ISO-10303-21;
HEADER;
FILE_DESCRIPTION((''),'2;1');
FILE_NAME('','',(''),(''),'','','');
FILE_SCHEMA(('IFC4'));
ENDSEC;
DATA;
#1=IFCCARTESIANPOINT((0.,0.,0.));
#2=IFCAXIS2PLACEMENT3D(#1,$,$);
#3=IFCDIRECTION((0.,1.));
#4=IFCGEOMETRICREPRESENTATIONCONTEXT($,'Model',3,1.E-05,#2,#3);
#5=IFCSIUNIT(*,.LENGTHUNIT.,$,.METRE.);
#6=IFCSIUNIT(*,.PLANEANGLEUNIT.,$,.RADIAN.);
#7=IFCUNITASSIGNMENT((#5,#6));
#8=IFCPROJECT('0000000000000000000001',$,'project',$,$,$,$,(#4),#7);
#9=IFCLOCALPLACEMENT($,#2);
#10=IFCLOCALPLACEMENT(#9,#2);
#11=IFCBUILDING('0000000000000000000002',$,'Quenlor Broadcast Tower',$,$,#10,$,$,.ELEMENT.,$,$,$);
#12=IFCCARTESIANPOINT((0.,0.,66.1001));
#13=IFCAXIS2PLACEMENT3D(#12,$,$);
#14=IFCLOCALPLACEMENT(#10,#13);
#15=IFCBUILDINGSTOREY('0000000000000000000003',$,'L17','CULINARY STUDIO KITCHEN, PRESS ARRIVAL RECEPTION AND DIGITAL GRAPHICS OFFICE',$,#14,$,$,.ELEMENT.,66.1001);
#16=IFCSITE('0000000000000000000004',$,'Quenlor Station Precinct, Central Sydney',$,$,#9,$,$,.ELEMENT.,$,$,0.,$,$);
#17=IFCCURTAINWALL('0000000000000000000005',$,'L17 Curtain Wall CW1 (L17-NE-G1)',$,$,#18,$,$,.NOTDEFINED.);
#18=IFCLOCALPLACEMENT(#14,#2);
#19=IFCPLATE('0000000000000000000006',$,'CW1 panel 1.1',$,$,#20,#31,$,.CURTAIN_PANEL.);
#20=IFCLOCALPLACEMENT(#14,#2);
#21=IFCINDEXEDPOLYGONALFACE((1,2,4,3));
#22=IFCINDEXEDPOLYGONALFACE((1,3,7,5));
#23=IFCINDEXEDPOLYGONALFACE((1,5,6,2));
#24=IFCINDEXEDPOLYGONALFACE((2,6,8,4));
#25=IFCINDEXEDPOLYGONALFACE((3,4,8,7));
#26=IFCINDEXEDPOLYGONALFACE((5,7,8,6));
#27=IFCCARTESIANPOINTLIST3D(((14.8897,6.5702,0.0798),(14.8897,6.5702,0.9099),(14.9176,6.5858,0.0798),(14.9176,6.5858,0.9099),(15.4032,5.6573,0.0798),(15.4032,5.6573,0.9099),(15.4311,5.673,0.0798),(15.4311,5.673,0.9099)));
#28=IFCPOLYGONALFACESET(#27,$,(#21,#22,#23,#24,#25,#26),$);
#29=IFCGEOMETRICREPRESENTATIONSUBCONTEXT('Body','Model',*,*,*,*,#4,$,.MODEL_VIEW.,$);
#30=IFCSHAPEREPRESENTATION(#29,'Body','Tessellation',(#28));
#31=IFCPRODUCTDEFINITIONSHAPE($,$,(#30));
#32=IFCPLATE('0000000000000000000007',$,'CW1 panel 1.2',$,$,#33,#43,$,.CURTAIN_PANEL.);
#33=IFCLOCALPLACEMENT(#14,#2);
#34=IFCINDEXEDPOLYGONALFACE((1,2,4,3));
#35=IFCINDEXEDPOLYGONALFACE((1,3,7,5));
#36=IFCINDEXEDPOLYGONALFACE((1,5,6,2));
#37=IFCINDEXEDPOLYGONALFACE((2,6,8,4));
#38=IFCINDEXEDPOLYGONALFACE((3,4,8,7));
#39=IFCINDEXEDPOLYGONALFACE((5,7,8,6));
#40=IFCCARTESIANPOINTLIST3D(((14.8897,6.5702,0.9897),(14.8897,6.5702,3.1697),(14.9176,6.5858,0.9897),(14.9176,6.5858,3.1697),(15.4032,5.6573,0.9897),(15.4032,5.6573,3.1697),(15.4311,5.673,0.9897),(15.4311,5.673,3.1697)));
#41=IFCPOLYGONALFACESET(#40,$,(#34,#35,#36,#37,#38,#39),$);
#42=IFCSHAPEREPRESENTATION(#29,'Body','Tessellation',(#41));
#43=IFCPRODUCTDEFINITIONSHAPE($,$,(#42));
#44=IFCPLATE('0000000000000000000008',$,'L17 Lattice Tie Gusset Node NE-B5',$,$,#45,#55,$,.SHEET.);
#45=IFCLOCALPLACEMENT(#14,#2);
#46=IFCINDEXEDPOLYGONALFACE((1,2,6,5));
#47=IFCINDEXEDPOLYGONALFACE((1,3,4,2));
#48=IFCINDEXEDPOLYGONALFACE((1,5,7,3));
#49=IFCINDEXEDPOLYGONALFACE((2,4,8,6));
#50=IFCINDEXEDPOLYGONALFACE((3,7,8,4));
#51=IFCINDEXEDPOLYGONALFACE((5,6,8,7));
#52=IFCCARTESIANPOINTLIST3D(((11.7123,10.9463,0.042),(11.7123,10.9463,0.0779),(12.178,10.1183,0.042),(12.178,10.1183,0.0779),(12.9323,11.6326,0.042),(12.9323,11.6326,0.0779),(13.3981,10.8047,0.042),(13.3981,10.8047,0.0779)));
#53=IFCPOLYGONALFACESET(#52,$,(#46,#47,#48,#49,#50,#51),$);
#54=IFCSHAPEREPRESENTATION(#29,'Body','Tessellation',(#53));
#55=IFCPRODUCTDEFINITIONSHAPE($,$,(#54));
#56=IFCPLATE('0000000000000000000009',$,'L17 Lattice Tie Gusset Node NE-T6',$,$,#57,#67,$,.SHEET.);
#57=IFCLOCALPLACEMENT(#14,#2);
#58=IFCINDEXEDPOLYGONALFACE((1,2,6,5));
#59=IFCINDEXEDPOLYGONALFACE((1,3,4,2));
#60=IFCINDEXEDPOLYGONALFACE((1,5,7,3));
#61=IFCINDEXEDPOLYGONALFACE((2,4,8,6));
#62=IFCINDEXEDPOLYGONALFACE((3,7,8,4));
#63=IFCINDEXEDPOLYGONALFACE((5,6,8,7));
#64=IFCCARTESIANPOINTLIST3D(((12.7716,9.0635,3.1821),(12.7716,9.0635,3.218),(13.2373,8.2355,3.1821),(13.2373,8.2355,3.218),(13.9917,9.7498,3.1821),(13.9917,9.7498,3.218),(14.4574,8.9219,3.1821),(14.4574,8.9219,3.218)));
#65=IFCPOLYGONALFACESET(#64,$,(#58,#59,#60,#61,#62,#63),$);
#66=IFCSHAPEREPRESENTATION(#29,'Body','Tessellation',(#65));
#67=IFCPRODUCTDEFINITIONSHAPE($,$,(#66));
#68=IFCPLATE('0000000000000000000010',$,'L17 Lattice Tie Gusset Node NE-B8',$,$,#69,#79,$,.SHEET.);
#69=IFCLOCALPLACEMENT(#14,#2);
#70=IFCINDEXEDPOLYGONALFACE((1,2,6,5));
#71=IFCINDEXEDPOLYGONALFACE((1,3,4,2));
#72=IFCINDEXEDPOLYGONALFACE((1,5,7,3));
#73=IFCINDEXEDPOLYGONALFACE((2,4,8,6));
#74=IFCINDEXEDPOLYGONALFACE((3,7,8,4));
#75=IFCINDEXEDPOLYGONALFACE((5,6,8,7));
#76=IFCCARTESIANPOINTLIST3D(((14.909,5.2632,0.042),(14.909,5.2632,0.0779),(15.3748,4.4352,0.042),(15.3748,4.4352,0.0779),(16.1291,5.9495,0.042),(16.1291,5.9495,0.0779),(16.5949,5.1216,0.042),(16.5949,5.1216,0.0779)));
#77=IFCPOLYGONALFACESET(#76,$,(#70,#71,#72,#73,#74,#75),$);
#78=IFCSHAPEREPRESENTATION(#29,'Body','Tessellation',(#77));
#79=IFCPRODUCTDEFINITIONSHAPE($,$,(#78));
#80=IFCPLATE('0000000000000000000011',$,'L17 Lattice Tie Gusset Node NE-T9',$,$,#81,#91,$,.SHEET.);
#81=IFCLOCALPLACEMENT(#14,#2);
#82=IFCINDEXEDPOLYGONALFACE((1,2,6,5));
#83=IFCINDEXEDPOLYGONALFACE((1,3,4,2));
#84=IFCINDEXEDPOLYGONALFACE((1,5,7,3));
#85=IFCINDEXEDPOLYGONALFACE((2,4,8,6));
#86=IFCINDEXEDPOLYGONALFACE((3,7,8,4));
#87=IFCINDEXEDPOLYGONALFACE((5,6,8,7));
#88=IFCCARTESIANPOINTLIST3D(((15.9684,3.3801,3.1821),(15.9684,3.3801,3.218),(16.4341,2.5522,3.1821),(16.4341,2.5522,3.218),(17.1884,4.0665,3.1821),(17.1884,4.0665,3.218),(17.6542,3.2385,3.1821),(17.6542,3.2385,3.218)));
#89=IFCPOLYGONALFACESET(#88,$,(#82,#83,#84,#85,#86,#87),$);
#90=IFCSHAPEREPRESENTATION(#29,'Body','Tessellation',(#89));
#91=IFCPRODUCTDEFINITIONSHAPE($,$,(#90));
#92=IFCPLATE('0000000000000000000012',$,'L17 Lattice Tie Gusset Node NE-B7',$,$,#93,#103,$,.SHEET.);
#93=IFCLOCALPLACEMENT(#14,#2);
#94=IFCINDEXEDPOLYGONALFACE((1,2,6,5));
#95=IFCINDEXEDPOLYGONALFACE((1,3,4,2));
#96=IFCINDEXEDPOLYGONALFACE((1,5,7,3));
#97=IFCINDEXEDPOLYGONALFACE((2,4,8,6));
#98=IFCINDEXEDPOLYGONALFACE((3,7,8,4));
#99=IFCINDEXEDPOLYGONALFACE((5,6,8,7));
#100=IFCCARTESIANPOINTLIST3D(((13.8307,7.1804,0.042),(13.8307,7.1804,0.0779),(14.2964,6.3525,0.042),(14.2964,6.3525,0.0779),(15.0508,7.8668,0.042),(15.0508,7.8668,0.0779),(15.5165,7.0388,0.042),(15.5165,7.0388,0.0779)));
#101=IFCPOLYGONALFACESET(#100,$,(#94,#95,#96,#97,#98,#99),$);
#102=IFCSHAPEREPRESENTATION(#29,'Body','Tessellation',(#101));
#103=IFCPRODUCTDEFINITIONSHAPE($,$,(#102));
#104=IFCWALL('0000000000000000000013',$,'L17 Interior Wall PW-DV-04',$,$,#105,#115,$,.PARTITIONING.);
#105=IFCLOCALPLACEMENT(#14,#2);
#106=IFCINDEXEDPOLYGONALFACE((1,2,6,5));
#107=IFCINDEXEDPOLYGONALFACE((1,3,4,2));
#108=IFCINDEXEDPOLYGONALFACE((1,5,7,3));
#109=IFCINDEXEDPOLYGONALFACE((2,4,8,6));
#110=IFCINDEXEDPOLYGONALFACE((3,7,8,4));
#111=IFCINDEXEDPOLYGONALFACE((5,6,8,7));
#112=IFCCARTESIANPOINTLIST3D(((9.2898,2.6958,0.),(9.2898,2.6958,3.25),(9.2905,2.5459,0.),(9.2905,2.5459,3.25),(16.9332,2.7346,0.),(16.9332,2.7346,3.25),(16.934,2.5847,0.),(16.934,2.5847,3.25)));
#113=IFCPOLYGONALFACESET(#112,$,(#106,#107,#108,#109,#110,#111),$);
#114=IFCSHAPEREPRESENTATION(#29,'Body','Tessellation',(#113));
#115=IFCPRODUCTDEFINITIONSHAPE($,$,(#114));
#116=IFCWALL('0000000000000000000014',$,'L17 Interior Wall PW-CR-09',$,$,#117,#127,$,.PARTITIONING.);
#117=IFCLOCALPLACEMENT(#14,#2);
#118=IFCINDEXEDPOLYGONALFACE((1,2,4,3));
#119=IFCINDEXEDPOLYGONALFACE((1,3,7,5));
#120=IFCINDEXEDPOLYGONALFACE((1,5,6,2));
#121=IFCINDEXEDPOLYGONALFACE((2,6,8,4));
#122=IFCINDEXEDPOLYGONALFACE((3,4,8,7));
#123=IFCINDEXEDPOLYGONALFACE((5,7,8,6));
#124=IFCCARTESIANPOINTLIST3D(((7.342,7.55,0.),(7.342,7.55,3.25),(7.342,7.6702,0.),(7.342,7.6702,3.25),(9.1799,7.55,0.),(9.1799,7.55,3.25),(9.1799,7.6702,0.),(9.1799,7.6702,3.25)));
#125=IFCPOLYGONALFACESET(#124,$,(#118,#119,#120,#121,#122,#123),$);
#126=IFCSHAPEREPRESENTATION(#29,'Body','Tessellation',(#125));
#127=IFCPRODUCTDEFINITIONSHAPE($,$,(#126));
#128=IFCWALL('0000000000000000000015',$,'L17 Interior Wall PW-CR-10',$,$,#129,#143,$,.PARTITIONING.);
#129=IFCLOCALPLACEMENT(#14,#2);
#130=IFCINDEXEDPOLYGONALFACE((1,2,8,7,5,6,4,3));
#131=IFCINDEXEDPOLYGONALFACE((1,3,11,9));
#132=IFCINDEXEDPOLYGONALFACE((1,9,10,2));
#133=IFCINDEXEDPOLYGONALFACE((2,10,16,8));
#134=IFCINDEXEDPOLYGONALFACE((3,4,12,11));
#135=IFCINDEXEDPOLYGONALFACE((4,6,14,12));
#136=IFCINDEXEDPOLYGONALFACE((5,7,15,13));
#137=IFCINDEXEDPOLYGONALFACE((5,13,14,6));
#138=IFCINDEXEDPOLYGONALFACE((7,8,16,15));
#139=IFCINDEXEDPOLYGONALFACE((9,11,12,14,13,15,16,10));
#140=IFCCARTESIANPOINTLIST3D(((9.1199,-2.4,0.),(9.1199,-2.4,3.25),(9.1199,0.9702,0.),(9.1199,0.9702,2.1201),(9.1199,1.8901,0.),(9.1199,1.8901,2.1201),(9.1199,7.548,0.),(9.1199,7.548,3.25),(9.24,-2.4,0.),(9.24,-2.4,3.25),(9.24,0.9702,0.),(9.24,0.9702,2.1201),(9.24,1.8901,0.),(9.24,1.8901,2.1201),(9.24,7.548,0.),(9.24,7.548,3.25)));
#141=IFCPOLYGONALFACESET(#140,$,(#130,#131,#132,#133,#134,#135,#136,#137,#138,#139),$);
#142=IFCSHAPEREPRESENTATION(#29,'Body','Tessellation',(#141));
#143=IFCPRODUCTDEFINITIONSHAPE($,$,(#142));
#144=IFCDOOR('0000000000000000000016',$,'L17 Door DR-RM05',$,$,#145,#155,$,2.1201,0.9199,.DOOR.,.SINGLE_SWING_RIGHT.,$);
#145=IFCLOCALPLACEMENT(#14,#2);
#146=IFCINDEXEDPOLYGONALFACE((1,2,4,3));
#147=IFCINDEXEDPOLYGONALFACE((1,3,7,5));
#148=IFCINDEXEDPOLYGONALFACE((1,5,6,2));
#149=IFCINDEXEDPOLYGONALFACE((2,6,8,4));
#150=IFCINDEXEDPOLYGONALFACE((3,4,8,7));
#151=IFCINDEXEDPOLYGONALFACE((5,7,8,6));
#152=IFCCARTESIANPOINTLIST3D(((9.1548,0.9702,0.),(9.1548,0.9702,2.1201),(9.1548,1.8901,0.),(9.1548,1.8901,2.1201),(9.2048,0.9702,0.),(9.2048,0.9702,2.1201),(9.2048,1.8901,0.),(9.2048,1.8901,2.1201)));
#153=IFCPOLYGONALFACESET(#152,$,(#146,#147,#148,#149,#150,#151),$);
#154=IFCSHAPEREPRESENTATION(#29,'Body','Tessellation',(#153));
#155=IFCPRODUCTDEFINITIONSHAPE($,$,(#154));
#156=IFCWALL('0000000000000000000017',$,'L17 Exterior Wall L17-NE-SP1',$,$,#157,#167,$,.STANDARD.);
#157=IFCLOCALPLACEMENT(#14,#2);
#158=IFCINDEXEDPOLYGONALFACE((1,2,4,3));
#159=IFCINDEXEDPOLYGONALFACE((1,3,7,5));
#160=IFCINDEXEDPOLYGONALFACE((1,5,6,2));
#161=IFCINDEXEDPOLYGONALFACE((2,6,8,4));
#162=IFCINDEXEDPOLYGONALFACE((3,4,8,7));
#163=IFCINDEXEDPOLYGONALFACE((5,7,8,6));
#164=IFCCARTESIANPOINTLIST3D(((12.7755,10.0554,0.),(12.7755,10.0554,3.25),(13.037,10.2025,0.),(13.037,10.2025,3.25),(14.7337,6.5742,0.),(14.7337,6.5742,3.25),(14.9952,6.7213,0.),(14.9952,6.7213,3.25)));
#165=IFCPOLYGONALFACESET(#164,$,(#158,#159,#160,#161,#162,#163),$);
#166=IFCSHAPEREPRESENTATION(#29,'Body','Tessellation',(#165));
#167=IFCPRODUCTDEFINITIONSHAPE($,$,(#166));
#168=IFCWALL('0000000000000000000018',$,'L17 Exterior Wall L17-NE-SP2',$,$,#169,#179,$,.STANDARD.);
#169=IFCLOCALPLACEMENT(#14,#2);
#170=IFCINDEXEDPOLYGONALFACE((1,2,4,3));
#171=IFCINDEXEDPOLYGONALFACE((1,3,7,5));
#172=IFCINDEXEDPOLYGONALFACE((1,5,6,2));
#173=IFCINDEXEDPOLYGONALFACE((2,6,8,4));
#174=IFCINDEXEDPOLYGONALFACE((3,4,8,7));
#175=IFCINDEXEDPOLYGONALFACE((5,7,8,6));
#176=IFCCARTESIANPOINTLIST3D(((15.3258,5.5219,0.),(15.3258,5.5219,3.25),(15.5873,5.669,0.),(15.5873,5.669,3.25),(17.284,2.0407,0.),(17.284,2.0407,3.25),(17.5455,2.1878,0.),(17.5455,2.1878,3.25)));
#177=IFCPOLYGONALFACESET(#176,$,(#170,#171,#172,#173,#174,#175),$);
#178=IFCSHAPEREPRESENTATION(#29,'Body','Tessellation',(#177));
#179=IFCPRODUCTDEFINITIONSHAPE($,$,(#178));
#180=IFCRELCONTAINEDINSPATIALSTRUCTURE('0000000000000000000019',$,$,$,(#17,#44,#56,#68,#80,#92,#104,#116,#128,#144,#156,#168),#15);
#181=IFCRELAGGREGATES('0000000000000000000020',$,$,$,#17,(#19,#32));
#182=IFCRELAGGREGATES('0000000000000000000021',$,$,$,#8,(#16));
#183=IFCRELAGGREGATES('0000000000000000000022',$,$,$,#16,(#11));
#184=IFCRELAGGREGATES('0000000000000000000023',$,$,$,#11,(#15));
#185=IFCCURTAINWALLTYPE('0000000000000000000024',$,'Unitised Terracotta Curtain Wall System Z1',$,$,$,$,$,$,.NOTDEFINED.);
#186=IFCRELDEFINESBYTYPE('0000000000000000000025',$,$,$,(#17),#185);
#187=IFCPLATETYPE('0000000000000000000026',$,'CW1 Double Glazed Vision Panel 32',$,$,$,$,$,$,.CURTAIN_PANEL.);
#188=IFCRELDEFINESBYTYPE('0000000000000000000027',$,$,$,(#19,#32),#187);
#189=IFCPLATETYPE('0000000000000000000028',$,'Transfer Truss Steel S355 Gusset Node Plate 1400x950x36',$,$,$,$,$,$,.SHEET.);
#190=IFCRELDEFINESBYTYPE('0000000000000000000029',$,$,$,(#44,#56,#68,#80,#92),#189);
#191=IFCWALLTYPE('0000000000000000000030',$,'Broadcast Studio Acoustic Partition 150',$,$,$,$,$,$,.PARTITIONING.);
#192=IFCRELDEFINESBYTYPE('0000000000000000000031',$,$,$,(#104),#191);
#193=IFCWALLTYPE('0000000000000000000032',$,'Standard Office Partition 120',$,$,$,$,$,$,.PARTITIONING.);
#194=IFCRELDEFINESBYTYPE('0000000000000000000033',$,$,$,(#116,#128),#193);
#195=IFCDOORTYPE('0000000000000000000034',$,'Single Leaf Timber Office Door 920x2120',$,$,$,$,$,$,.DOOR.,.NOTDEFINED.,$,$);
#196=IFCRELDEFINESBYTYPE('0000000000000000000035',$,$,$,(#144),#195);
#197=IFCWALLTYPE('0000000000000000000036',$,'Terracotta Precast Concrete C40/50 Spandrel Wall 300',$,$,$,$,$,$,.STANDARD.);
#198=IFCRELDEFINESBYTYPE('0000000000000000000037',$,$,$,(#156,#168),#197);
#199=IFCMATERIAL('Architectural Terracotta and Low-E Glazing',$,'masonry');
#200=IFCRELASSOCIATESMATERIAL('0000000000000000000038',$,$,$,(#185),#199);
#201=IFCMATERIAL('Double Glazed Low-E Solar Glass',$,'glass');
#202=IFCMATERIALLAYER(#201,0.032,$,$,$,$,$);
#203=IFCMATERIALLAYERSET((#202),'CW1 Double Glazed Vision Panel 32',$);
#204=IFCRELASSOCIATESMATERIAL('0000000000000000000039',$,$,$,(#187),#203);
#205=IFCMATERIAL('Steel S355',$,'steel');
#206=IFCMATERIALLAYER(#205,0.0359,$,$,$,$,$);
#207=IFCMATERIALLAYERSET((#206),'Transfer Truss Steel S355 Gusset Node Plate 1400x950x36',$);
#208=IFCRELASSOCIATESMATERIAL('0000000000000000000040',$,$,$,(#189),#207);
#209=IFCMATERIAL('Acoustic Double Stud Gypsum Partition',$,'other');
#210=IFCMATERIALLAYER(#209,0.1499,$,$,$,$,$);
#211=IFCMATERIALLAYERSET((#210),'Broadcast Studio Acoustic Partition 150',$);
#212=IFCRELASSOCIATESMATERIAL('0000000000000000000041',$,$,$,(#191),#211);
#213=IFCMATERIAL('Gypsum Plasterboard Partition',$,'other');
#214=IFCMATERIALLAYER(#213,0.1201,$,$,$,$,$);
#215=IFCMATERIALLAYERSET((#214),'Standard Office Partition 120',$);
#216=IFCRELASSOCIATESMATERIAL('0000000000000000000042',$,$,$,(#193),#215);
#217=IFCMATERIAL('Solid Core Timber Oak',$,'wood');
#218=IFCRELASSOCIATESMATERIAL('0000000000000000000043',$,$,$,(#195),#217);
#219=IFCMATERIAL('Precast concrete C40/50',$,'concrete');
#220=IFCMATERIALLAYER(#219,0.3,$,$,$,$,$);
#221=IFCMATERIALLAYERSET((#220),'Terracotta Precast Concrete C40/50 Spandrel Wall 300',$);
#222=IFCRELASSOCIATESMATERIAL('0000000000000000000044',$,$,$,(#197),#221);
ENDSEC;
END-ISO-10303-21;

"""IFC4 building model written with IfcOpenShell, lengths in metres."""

from ifc_helpers import new_model, si_unit, direction, frame, frame_2d, origin, origin_2d, place, context, subcontext, project, spatial, rectangle, extrude, material, layer, layer_set, type_object, element, fill, aggregate, save


model = new_model("IFC4")

# Units and contexts
model_context = context("Model", 3, precision=1e-05, world=origin(), true_north=direction((0.0, 1.0)))
body_context = subcontext(model_context, "Body", "Model", "MODEL_VIEW")
ifc_project = project(units=[si_unit("LENGTHUNIT", "METRE"), si_unit("PLANEANGLEUNIT", "RADIAN")], contexts=[model_context])

# Site, building, storey
site_placement = place(None, origin())
site = spatial("IfcSite", under=ifc_project, at=site_placement, Name="Quenlor Station Precinct, Central Sydney", CompositionType="ELEMENT", RefElevation=0.0)
building_placement = place(site_placement, origin())
building = spatial("IfcBuilding", under=site, at=building_placement, Name="Quenlor Broadcast Tower", CompositionType="ELEMENT")
storey_placement = place(building_placement, frame((0.0, 0.0, 66.1001)))
storey = spatial("IfcBuildingStorey", under=building, at=storey_placement, Name="L17", Description="CULINARY STUDIO KITCHEN, PRESS ARRIVAL RECEPTION AND DIGITAL GRAPHICS OFFICE", CompositionType="ELEMENT", Elevation=66.1001)

# Curtain wall
ifc_material_1 = material(Name="Architectural Terracotta and Low-E Glazing", Category="masonry")
curtain_wall_type = type_object("IfcCurtainWallType", Name="Unitised Terracotta Curtain Wall System Z1", PredefinedType="NOTDEFINED", material=ifc_material_1)
curtain_wall_placement = place(storey_placement, origin())
curtain_wall = element("IfcCurtainWall", 1, at=curtain_wall_placement, inside=storey, type_object=curtain_wall_type, Name="L17 Curtain Wall CW1 (L17-NE-G1)", PredefinedType="NOTDEFINED")

# Plates
ifc_material_2 = material(Name="Double Glazed Low-E Solar Glass", Category="glass")
ifc_layer_1 = layer(ifc_material_2, 0.032)
ifc_layer_set_1 = layer_set([ifc_layer_1], Name="CW1 Double Glazed Vision Panel 32")
plate_type_1 = type_object("IfcPlateType", Name="CW1 Double Glazed Vision Panel 32", PredefinedType="CURTAIN_PANEL", material=ifc_layer_set_1)
plate_1_placement = place(storey_placement, frame((15.1604, 6.1216, 0.0798), z_axis=(0.0, 0.0, 1.0), x_axis=(0.490277, -0.871567, 0.0)))
plate_1 = element("IfcPlate", 2, at=plate_1_placement, type_object=plate_type_1, Name="CW1 panel 1.1", PredefinedType="CURTAIN_PANEL", context=body_context, shape_type="SweptSolid", body=[
    extrude(rectangle(XDim=1.0474, YDim=0.032, at=origin_2d()), origin(), (0.0, 0.0, 1.0), 0.8301),
])
plate_2_placement = place(storey_placement, frame((15.1604, 6.1216, 0.9897), z_axis=(0.0, 0.0, 1.0), x_axis=(0.490277, -0.871567, 0.0)))
plate_2 = element("IfcPlate", 3, at=plate_2_placement, type_object=plate_type_1, Name="CW1 panel 1.2", PredefinedType="CURTAIN_PANEL", context=body_context, shape_type="SweptSolid", body=[
    extrude(rectangle(XDim=1.0474, YDim=0.032, at=origin_2d()), origin(), (0.0, 0.0, 1.0), 2.1799),
])
aggregate(curtain_wall, [plate_1, plate_2])

# Plates
ifc_material_3 = material(Name="Steel S355", Category="steel")
ifc_layer_2 = layer(ifc_material_3, 0.0359)
ifc_layer_set_2 = layer_set([ifc_layer_2], Name="Transfer Truss Steel S355 Gusset Node Plate 1400x950x36")
plate_type_2 = type_object("IfcPlateType", Name="Transfer Truss Steel S355 Gusset Node Plate 1400x950x36", PredefinedType="SHEET", material=ifc_layer_set_2)
for number, where, z_axis, x_axis, name in (
    (4, (12.5552, 10.8755, 0.042), (0.0, 0.0, 1.0), (0.871556, 0.490295, 0.0), "L17 Lattice Tie Gusset Node NE-B5"),
    (5, (13.6145, 8.9927, 3.1821), (0.0, 0.0, 1.0), (0.871556, 0.490295, 0.0), "L17 Lattice Tie Gusset Node NE-T6"),
    (6, (15.752, 5.1924, 0.042), (0.0, 0.0, 1.0), (0.871556, 0.490295, 0.0), "L17 Lattice Tie Gusset Node NE-B8"),
    (7, (16.8113, 3.3093, 3.1821), (0.0, 0.0, 1.0), (0.871556, 0.490295, 0.0), "L17 Lattice Tie Gusset Node NE-T9"),
    (8, (14.6736, 7.1096, 0.042), (0.0, 0.0, 1.0), (0.871556, 0.490295, 0.0), "L17 Lattice Tie Gusset Node NE-B7"),
):
    element("IfcPlate", number, at=place(storey_placement, frame(where, z_axis=z_axis, x_axis=x_axis)), inside=storey, type_object=plate_type_2, Name=name, PredefinedType="SHEET", context=body_context, shape_type="SweptSolid", body=[
        extrude(rectangle(XDim=1.3999, YDim=0.95, at=origin_2d()), origin(), (0.0, 0.0, 1.0), 0.0359),
    ])

# Walls
ifc_material_4 = material(Name="Acoustic Double Stud Gypsum Partition", Category="other")
ifc_layer_3 = layer(ifc_material_4, 0.1499)
ifc_layer_set_3 = layer_set([ifc_layer_3], Name="Broadcast Studio Acoustic Partition 150")
wall_type_1 = type_object("IfcWallType", Name="Broadcast Studio Acoustic Partition 150", PredefinedType="PARTITIONING", material=ifc_layer_set_3)
wall_1_placement = place(storey_placement, frame((16.9336, 2.6597, 0.0), z_axis=(0.0, 0.0, 1.0), x_axis=(-0.999987, -0.005079, 0.0)))
element("IfcWall", 9, at=wall_1_placement, inside=storey, type_object=wall_type_1, Name="L17 Interior Wall PW-DV-04", PredefinedType="PARTITIONING", context=body_context, shape_type="SweptSolid", body=[
    extrude(rectangle(XDim=7.6436, YDim=0.1499, at=frame_2d((3.8218, 0.0))), origin(), (0.0, 0.0, 1.0), 3.25),
])
ifc_material_5 = material(Name="Gypsum Plasterboard Partition", Category="other")
ifc_layer_4 = layer(ifc_material_5, 0.1201)
ifc_layer_set_4 = layer_set([ifc_layer_4], Name="Standard Office Partition 120")
wall_type_2 = type_object("IfcWallType", Name="Standard Office Partition 120", PredefinedType="PARTITIONING", material=ifc_layer_set_4)
wall_2_placement = place(storey_placement, frame((7.342, 7.6101, 0.0), z_axis=(0.0, 0.0, 1.0), x_axis=(1.0, 0.0, 0.0)))
element("IfcWall", 10, at=wall_2_placement, inside=storey, type_object=wall_type_2, Name="L17 Interior Wall PW-CR-09", PredefinedType="PARTITIONING", context=body_context, shape_type="SweptSolid", body=[
    extrude(rectangle(XDim=1.8379, YDim=0.1201, at=frame_2d((0.9189, 0.0))), origin(), (0.0, 0.0, 1.0), 3.25),
])

# Wall, opening, door
wall_3_placement = place(storey_placement, frame((9.1799, 7.5481, 0.0), z_axis=(0.0, 0.0, 1.0), x_axis=(0.0, -1.0, 0.0)))
wall_3 = element("IfcWall", 11, at=wall_3_placement, inside=storey, type_object=wall_type_2, Name="L17 Interior Wall PW-CR-10", PredefinedType="PARTITIONING", context=body_context, shape_type="SweptSolid", body=[
    extrude(rectangle(XDim=9.948, YDim=0.1201, at=frame_2d((4.9741, 0.0))), origin(), (0.0, 0.0, 1.0), 3.25),
])
opening_placement = place(wall_3_placement, frame((5.658, 0.0, 0.0)))
opening = element("IfcOpeningElement", 12, at=opening_placement, cuts=wall_3, PredefinedType="OPENING", context=body_context, shape_type="SweptSolid", body=[
    extrude(rectangle(XDim=0.9199, YDim=2.1201, at=frame_2d((0.46, 1.0601))), frame((0.0, 0.0701, 0.0), z_axis=(0.0, -1.0, 0.0), x_axis=(1.0, 0.0, 0.0)), (0.0, 0.0, 1.0), 0.1401),
])
ifc_material_6 = material(Name="Solid Core Timber Oak", Category="wood")
door_type = type_object("IfcDoorType", Name="Single Leaf Timber Office Door 920x2120", OperationType="NOTDEFINED", PredefinedType="DOOR", material=ifc_material_6)
door_placement = place(opening_placement, origin())
door = element("IfcDoor", 13, at=door_placement, inside=storey, type_object=door_type, Name="L17 Door DR-RM05", OperationType="SINGLE_SWING_RIGHT", OverallHeight=2.1201, OverallWidth=0.9199, PredefinedType="DOOR", context=body_context, shape_type="SweptSolid", body=[
    extrude(rectangle(XDim=0.9199, YDim=2.1201, at=frame_2d((0.46, 1.0601))), frame((0.0, 0.0249, 0.0), z_axis=(0.0, -1.0, 0.0), x_axis=(1.0, 0.0, 0.0)), (0.0, 0.0, 1.0), 0.05),
])
fill(opening, door)

# Walls
ifc_material_7 = material(Name="Precast concrete C40/50", Category="concrete")
ifc_layer_5 = layer(ifc_material_7, 0.3)
ifc_layer_set_5 = layer_set([ifc_layer_5], Name="Terracotta Precast Concrete C40/50 Spandrel Wall 300")
wall_type_3 = type_object("IfcWallType", Name="Terracotta Precast Concrete C40/50 Spandrel Wall 300", PredefinedType="STANDARD", material=ifc_layer_set_5)
for number, where, z_axis, x_axis, name in (
    (14, (12.9062, 10.1289, 0.0), (0.0, 0.0, 1.0), (0.490276, -0.871567, 0.0), "L17 Exterior Wall L17-NE-SP1"),
    (15, (15.4565, 5.5955, 0.0), (0.0, 0.0, 1.0), (0.490276, -0.871567, 0.0), "L17 Exterior Wall L17-NE-SP2"),
):
    element("IfcWall", number, at=place(storey_placement, frame(where, z_axis=z_axis, x_axis=x_axis)), inside=storey, type_object=wall_type_3, Name=name, PredefinedType="STANDARD", context=body_context, shape_type="SweptSolid", body=[
        extrude(rectangle(XDim=3.9941, YDim=0.3, at=frame_2d((1.9971, 0.0))), origin(), (0.0, 0.0, 1.0), 3.25),
    ])

save(model, "model.ifc")
